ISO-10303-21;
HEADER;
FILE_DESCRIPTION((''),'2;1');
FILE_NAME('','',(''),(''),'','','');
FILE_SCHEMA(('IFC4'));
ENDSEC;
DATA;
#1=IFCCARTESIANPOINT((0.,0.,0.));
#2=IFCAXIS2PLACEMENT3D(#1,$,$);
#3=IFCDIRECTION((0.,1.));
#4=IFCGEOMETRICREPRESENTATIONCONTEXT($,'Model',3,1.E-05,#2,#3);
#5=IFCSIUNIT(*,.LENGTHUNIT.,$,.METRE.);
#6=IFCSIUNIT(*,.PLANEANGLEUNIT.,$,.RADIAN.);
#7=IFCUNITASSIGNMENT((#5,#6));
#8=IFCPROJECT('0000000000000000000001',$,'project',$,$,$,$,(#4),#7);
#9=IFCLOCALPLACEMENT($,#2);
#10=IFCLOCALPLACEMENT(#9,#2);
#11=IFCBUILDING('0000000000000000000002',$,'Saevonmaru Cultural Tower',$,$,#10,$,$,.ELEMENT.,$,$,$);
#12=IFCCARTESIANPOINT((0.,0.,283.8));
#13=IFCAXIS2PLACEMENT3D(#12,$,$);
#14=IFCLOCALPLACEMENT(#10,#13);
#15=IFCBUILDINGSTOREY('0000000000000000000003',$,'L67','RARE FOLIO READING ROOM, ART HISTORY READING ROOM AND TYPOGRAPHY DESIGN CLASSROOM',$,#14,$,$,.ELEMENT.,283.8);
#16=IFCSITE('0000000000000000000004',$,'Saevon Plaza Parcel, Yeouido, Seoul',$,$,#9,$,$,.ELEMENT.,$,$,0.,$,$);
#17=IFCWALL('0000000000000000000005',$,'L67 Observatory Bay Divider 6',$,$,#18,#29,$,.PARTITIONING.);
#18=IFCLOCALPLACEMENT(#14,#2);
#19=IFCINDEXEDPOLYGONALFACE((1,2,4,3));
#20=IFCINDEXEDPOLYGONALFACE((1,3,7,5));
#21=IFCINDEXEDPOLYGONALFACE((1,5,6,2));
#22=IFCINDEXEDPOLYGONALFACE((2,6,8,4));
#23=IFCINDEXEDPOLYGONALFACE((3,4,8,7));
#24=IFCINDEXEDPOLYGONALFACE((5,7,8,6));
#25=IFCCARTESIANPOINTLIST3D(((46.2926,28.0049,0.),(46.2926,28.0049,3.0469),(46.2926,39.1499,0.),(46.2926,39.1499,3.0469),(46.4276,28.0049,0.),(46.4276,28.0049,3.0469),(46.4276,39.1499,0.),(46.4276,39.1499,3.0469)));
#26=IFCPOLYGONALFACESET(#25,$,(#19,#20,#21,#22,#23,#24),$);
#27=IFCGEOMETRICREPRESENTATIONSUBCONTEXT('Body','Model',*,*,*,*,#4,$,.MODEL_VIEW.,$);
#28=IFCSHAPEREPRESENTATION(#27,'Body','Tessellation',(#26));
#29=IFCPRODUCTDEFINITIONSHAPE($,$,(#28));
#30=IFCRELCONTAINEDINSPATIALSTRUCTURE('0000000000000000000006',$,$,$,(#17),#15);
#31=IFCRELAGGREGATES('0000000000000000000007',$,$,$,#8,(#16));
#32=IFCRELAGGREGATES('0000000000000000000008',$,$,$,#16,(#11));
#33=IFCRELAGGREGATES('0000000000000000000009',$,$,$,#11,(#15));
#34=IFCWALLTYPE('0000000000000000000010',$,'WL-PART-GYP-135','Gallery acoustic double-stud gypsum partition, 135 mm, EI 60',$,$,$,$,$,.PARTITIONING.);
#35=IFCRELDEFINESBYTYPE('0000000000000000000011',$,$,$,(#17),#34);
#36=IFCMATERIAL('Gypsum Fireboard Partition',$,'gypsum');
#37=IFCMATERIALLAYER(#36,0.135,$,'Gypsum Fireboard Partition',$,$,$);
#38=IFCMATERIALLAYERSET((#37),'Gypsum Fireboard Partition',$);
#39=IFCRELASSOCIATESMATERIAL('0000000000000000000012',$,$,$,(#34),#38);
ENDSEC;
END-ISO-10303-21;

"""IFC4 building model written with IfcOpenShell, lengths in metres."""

from ifc_helpers import new_model, si_unit, direction, frame, frame_2d, origin, place, context, subcontext, project, spatial, rectangle, extrude, material, layer, layer_set, type_object, element, save


model = new_model("IFC4")

# Units and contexts
model_context = context("Model", 3, precision=1e-05, world=origin(), true_north=direction((0.0, 1.0)))
body_context = subcontext(model_context, "Body", "Model", "MODEL_VIEW")
ifc_project = project(units=[si_unit("LENGTHUNIT", "METRE"), si_unit("PLANEANGLEUNIT", "RADIAN")], contexts=[model_context])

# Site, building, storey
site_placement = place(None, origin())
site = spatial("IfcSite", under=ifc_project, at=site_placement, Name="Saevon Plaza Parcel, Yeouido, Seoul", CompositionType="ELEMENT", RefElevation=0.0)
building_placement = place(site_placement, origin())
building = spatial("IfcBuilding", under=site, at=building_placement, Name="Saevonmaru Cultural Tower", CompositionType="ELEMENT")
storey_placement = place(building_placement, frame((0.0, 0.0, 283.8)))
storey = spatial("IfcBuildingStorey", under=building, at=storey_placement, Name="L67", Description="RARE FOLIO READING ROOM, ART HISTORY READING ROOM AND TYPOGRAPHY DESIGN CLASSROOM", CompositionType="ELEMENT", Elevation=283.8)

# Wall
ifc_material_1 = material(Name="Gypsum Fireboard Partition", Category="gypsum")
ifc_layer_1 = layer(ifc_material_1, 0.135, Name="Gypsum Fireboard Partition")
ifc_layer_set_1 = layer_set([ifc_layer_1], Name="Gypsum Fireboard Partition")
wall_type_1 = type_object("IfcWallType", Name="WL-PART-GYP-135", Description="Gallery acoustic double-stud gypsum partition, 135 mm, EI 60", PredefinedType="PARTITIONING", material=ifc_layer_set_1)
wall_1_placement = place(storey_placement, frame((46.3601, 28.0049, 0.0), z_axis=(0.0, 0.0, 1.0), x_axis=(0.0, 1.0, 0.0)))
element("IfcWall", 1, at=wall_1_placement, inside=storey, type_object=wall_type_1, Name="L67 Observatory Bay Divider 6", PredefinedType="PARTITIONING", context=body_context, shape_type="SweptSolid", body=[
    extrude(rectangle(XDim=11.145, YDim=0.135, at=frame_2d((5.5725, 0.0))), origin(), (0.0, 0.0, 1.0), 3.0469),
])

save(model, "model.ifc")
